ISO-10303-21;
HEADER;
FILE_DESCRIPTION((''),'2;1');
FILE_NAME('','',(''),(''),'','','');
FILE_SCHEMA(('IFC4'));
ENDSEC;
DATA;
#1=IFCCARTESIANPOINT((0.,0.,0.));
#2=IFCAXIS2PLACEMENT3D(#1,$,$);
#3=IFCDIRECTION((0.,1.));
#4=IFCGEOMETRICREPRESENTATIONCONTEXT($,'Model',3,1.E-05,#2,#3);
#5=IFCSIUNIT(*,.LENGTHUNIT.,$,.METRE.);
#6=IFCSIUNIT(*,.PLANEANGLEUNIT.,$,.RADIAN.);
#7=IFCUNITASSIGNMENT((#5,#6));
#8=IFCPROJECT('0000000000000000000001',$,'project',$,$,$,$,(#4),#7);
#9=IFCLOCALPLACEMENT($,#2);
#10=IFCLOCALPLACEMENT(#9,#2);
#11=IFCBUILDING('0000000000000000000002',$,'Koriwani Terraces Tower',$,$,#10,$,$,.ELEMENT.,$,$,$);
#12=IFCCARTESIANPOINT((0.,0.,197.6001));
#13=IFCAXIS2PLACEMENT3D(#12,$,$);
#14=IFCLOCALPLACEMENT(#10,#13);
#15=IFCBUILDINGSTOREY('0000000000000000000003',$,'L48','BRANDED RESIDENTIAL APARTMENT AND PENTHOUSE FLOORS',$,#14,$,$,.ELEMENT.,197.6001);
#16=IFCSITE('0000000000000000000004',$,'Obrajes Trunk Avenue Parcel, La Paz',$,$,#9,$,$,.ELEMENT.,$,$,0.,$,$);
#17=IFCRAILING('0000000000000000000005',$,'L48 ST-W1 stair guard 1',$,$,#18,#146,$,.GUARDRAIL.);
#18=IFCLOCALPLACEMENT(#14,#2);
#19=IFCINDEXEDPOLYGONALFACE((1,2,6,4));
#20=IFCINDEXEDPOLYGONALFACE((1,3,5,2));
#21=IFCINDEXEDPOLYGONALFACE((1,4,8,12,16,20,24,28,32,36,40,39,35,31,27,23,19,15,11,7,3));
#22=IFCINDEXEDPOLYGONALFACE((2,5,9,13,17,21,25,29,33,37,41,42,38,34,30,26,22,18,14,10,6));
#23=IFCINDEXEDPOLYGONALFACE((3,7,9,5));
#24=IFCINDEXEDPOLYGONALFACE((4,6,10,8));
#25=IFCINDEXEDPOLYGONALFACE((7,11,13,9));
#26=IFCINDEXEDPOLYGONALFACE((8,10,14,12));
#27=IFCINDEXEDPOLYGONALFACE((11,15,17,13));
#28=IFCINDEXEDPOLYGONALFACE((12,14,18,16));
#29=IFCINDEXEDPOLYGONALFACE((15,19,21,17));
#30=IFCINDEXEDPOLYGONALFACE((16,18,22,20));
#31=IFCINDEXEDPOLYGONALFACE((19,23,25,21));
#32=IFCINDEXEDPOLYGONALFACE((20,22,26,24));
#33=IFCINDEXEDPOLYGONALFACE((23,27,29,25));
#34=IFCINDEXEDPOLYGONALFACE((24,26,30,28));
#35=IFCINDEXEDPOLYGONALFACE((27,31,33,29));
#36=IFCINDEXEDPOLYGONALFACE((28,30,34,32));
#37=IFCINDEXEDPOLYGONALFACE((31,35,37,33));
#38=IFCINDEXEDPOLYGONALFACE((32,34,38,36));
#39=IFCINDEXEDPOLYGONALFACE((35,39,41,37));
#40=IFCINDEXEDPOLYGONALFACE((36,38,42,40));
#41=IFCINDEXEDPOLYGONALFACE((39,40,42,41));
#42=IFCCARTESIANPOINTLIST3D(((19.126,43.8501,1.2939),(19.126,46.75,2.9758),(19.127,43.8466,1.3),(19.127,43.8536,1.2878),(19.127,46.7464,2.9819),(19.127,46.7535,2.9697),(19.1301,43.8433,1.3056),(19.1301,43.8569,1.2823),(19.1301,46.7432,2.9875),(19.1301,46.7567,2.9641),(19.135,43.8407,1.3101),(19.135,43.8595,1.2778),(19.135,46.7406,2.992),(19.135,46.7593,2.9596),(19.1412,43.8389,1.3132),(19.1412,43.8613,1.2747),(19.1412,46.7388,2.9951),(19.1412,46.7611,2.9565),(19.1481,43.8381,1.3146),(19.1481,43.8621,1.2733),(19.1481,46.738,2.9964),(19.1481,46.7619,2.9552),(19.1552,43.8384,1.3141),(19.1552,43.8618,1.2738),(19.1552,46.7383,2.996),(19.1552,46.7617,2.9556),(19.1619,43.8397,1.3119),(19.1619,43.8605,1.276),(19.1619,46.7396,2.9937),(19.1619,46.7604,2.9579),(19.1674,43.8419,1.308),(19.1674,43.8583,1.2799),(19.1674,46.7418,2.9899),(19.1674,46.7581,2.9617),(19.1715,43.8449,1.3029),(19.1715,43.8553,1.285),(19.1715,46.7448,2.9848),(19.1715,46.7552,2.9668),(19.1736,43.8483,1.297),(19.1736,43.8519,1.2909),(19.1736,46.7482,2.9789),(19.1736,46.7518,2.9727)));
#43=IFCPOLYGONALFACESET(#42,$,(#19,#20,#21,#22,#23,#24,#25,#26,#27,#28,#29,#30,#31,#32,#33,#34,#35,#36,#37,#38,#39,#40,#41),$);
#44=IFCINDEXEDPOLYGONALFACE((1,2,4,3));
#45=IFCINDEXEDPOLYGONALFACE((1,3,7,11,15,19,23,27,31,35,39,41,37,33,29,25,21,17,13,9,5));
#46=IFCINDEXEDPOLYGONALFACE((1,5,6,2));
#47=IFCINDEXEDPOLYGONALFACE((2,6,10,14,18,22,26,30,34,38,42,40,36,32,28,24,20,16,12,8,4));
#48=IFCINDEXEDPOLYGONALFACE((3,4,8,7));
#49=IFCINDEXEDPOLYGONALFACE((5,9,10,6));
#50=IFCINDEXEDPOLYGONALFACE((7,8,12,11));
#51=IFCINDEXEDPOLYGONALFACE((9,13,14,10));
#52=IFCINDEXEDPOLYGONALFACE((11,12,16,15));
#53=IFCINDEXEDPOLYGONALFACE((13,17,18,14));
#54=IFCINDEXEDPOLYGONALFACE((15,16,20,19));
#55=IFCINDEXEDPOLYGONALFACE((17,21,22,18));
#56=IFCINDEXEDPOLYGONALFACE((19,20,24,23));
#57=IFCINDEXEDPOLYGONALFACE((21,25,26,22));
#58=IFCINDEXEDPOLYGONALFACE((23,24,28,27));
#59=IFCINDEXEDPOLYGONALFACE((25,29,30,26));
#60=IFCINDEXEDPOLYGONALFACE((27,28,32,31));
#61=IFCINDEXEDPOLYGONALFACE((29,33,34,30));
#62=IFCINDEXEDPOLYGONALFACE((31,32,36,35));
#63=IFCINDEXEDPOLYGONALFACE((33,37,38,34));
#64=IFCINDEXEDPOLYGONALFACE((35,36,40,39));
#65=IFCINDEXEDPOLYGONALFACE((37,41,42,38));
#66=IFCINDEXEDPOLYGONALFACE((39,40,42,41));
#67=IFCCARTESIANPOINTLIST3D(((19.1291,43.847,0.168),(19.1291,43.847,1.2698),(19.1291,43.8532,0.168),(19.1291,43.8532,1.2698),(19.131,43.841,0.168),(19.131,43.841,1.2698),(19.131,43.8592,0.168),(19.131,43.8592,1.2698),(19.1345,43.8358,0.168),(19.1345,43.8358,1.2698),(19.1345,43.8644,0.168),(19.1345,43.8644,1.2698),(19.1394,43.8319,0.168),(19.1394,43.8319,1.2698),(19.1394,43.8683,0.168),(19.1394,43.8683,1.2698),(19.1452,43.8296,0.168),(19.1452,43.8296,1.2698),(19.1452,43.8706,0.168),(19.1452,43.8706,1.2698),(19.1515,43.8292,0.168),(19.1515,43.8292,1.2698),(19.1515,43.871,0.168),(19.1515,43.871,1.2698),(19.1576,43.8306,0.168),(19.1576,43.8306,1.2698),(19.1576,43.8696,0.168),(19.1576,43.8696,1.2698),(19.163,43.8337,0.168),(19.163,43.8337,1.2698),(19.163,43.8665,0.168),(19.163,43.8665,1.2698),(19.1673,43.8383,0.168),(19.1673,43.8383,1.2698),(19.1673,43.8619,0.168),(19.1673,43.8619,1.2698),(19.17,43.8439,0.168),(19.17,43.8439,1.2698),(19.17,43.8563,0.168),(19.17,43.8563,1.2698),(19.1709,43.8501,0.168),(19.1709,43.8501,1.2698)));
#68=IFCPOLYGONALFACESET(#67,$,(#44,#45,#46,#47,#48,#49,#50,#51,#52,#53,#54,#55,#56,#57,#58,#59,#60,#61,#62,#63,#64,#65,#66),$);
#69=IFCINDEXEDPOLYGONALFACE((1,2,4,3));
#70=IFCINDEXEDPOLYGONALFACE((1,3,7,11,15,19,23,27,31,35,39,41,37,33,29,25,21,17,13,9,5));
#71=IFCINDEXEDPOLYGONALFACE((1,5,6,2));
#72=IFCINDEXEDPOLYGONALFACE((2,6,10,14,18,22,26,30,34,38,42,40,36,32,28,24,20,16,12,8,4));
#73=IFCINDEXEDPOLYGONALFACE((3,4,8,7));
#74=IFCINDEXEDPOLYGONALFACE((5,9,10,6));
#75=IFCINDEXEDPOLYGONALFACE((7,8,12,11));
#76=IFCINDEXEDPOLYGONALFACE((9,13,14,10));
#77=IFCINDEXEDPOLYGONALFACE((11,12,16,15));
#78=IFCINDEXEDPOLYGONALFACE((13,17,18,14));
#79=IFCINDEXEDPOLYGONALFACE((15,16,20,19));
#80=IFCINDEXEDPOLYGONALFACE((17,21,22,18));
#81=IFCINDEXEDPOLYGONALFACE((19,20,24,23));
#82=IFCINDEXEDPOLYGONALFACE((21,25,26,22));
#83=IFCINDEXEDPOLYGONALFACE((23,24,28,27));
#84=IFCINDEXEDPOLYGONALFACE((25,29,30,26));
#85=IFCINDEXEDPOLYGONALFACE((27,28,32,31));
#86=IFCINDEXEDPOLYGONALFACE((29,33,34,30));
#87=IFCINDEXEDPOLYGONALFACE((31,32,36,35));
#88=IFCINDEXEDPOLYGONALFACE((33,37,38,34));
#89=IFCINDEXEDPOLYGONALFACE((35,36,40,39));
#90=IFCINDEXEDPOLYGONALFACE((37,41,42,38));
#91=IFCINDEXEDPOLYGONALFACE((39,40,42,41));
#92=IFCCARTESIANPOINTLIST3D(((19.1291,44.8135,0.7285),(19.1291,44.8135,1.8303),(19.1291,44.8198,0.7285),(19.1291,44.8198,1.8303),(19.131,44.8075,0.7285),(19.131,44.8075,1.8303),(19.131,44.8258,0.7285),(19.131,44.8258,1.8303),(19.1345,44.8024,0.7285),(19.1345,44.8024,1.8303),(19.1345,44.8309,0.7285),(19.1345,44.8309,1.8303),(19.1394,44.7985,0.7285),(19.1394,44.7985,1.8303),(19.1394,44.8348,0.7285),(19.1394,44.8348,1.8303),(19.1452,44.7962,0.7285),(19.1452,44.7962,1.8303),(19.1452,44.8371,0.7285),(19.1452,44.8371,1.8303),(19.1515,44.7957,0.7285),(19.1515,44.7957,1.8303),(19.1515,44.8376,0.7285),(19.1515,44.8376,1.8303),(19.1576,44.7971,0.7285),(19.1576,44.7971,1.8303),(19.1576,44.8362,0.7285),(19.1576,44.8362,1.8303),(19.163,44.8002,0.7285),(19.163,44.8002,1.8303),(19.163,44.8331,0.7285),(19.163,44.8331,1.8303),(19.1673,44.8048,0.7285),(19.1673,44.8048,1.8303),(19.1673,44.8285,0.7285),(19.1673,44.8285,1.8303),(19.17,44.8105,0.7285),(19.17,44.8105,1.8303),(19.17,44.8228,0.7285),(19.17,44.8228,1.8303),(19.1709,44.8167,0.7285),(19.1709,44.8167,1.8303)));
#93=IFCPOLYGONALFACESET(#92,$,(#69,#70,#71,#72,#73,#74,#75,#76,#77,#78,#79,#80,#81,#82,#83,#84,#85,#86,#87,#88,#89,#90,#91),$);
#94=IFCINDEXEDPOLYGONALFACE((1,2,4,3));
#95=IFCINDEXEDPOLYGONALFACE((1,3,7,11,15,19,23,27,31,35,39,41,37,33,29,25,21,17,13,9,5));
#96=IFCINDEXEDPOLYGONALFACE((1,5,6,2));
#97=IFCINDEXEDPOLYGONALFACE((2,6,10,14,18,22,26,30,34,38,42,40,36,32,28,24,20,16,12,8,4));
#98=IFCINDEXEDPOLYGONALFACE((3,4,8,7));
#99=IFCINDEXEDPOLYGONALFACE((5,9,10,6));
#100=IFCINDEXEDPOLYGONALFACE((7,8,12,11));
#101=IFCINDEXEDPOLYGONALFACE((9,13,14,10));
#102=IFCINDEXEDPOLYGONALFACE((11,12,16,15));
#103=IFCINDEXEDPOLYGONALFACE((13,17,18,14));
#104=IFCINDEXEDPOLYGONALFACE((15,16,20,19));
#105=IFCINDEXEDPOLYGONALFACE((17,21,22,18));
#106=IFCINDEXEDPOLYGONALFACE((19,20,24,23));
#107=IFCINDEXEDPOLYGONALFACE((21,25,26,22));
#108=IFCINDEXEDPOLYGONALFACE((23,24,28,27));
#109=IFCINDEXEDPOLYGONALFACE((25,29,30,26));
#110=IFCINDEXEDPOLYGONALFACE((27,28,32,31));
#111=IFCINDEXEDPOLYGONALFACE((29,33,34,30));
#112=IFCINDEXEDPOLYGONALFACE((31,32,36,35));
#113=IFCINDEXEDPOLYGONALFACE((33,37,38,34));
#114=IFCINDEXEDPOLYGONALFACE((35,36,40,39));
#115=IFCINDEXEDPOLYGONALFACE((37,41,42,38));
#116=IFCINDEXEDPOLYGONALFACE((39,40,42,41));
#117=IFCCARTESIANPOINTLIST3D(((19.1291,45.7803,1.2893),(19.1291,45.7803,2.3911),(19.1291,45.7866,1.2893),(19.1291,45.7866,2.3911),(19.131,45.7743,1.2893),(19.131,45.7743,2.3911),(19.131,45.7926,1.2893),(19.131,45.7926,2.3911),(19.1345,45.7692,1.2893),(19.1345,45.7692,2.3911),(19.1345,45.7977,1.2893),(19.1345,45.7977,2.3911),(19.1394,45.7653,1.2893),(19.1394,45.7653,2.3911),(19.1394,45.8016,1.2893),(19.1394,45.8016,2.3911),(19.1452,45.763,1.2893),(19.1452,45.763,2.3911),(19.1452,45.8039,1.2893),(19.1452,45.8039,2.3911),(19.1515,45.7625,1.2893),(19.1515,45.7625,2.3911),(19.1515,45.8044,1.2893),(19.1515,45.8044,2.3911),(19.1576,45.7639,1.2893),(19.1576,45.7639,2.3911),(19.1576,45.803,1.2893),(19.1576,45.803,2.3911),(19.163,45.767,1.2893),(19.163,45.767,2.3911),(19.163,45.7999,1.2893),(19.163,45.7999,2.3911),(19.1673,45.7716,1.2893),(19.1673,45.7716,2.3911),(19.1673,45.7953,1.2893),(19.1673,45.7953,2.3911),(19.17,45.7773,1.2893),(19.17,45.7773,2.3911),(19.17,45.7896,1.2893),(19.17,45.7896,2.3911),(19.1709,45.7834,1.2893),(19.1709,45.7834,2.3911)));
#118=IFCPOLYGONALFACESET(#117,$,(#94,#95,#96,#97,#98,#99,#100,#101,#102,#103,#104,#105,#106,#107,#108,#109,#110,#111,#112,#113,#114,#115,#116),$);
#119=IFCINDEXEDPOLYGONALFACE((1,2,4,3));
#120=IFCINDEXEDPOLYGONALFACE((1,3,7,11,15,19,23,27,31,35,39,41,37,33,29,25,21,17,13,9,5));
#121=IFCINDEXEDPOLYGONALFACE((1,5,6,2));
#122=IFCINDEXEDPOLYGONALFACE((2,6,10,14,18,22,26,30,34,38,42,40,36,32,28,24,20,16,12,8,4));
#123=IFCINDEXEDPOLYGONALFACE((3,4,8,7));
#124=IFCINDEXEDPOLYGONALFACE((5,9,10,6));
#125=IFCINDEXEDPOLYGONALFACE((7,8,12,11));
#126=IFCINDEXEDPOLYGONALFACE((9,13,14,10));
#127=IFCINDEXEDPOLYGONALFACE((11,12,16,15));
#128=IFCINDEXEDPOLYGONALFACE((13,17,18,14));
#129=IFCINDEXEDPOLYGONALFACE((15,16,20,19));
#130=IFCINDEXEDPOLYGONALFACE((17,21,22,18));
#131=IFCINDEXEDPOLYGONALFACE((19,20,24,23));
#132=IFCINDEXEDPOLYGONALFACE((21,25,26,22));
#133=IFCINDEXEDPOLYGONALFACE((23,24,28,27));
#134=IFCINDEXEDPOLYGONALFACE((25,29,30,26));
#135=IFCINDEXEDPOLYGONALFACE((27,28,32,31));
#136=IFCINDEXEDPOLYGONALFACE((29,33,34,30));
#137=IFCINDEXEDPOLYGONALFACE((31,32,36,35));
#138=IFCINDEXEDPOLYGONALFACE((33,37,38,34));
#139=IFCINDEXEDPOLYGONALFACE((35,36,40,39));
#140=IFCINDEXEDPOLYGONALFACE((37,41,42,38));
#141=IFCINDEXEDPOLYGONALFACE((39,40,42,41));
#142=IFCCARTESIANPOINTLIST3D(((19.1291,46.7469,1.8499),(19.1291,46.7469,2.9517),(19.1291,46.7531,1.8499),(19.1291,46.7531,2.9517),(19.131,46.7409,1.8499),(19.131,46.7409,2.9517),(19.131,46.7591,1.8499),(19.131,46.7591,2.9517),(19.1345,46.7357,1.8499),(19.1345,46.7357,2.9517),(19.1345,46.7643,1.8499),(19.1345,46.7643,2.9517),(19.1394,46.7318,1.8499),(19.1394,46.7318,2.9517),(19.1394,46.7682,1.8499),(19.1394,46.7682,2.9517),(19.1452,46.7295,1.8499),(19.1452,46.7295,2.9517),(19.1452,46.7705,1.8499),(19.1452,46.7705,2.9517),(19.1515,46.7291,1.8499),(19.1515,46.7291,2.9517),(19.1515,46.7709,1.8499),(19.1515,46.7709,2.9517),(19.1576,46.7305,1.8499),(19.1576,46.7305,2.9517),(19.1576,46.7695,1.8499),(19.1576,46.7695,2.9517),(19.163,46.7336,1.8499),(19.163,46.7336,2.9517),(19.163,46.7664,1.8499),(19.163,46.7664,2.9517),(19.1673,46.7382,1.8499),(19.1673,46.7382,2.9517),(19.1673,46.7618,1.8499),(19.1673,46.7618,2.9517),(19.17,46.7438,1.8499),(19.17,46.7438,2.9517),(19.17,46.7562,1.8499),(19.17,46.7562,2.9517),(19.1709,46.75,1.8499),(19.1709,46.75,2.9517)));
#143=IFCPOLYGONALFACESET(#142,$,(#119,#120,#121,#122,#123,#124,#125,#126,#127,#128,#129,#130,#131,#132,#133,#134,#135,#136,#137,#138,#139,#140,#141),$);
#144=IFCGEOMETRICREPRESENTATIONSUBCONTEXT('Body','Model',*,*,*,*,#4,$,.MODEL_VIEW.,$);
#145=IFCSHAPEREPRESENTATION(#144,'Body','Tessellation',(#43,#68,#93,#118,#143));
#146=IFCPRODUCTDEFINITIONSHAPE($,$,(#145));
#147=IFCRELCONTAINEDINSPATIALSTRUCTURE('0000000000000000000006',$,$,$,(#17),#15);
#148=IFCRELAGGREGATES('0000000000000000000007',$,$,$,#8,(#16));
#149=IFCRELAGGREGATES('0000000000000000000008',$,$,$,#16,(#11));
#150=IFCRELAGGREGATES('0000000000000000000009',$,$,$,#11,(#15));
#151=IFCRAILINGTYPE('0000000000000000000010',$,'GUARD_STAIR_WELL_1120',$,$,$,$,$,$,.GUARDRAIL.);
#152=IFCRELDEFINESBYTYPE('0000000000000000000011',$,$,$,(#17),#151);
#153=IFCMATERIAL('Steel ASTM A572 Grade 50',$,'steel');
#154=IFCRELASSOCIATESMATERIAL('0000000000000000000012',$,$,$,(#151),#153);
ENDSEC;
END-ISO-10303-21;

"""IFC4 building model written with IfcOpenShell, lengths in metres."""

from ifc_helpers import new_model, si_unit, direction, frame, origin, origin_2d, place, context, subcontext, project, spatial, circle, extrude, material, type_object, element, save


model = new_model("IFC4")

# Units and contexts
model_context = context("Model", 3, precision=1e-05, world=origin(), true_north=direction((0.0, 1.0)))
body_context = subcontext(model_context, "Body", "Model", "MODEL_VIEW")
ifc_project = project(units=[si_unit("LENGTHUNIT", "METRE"), si_unit("PLANEANGLEUNIT", "RADIAN")], contexts=[model_context])

# Site, building, storey
site_placement = place(None, origin())
site = spatial("IfcSite", under=ifc_project, at=site_placement, Name="Obrajes Trunk Avenue Parcel, La Paz", CompositionType="ELEMENT", RefElevation=0.0)
building_placement = place(site_placement, origin())
building = spatial("IfcBuilding", under=site, at=building_placement, Name="Koriwani Terraces Tower", CompositionType="ELEMENT")
storey_placement = place(building_placement, frame((0.0, 0.0, 197.6001)))
storey = spatial("IfcBuildingStorey", under=building, at=storey_placement, Name="L48", Description="BRANDED RESIDENTIAL APARTMENT AND PENTHOUSE FLOORS", CompositionType="ELEMENT", Elevation=197.6001)

# Shared definitions
ifc_material_1 = material(Name="Steel ASTM A572 Grade 50", Category="steel")

# Railing
railing_type_1 = type_object("IfcRailingType", Name="GUARD_STAIR_WELL_1120", PredefinedType="GUARDRAIL", material=ifc_material_1)
railing_1_placement = place(storey_placement, frame((19.1499, 43.8501, 0.168)))
element("IfcRailing", 1, at=railing_1_placement, inside=storey, type_object=railing_type_1, Name="L48 ST-W1 stair guard 1", PredefinedType="GUARDRAIL", context=body_context, shape_type="SweptSolid", body=[
    extrude(circle(Radius=0.0239, at=origin_2d()), frame((0.0, 0.0, 1.126), z_axis=(0.0, 0.865039, 0.501705), x_axis=(-1.0, 0.0, 0.0)), (0.0, 0.0, 1.0), 3.3523),
    extrude(circle(Radius=0.021, at=origin_2d()), origin(), (0.0, 0.0, 1.0), 1.1018),
    extrude(circle(Radius=0.021, at=origin_2d()), frame((0.0, 0.9666, 0.5605)), (0.0, 0.0, 1.0), 1.1018),
    extrude(circle(Radius=0.021, at=origin_2d()), frame((0.0, 1.9333, 1.1213)), (0.0, 0.0, 1.0), 1.1018),
    extrude(circle(Radius=0.021, at=origin_2d()), frame((0.0, 2.8999, 1.6819)), (0.0, 0.0, 1.0), 1.1018),
])

save(model, "model.ifc")
